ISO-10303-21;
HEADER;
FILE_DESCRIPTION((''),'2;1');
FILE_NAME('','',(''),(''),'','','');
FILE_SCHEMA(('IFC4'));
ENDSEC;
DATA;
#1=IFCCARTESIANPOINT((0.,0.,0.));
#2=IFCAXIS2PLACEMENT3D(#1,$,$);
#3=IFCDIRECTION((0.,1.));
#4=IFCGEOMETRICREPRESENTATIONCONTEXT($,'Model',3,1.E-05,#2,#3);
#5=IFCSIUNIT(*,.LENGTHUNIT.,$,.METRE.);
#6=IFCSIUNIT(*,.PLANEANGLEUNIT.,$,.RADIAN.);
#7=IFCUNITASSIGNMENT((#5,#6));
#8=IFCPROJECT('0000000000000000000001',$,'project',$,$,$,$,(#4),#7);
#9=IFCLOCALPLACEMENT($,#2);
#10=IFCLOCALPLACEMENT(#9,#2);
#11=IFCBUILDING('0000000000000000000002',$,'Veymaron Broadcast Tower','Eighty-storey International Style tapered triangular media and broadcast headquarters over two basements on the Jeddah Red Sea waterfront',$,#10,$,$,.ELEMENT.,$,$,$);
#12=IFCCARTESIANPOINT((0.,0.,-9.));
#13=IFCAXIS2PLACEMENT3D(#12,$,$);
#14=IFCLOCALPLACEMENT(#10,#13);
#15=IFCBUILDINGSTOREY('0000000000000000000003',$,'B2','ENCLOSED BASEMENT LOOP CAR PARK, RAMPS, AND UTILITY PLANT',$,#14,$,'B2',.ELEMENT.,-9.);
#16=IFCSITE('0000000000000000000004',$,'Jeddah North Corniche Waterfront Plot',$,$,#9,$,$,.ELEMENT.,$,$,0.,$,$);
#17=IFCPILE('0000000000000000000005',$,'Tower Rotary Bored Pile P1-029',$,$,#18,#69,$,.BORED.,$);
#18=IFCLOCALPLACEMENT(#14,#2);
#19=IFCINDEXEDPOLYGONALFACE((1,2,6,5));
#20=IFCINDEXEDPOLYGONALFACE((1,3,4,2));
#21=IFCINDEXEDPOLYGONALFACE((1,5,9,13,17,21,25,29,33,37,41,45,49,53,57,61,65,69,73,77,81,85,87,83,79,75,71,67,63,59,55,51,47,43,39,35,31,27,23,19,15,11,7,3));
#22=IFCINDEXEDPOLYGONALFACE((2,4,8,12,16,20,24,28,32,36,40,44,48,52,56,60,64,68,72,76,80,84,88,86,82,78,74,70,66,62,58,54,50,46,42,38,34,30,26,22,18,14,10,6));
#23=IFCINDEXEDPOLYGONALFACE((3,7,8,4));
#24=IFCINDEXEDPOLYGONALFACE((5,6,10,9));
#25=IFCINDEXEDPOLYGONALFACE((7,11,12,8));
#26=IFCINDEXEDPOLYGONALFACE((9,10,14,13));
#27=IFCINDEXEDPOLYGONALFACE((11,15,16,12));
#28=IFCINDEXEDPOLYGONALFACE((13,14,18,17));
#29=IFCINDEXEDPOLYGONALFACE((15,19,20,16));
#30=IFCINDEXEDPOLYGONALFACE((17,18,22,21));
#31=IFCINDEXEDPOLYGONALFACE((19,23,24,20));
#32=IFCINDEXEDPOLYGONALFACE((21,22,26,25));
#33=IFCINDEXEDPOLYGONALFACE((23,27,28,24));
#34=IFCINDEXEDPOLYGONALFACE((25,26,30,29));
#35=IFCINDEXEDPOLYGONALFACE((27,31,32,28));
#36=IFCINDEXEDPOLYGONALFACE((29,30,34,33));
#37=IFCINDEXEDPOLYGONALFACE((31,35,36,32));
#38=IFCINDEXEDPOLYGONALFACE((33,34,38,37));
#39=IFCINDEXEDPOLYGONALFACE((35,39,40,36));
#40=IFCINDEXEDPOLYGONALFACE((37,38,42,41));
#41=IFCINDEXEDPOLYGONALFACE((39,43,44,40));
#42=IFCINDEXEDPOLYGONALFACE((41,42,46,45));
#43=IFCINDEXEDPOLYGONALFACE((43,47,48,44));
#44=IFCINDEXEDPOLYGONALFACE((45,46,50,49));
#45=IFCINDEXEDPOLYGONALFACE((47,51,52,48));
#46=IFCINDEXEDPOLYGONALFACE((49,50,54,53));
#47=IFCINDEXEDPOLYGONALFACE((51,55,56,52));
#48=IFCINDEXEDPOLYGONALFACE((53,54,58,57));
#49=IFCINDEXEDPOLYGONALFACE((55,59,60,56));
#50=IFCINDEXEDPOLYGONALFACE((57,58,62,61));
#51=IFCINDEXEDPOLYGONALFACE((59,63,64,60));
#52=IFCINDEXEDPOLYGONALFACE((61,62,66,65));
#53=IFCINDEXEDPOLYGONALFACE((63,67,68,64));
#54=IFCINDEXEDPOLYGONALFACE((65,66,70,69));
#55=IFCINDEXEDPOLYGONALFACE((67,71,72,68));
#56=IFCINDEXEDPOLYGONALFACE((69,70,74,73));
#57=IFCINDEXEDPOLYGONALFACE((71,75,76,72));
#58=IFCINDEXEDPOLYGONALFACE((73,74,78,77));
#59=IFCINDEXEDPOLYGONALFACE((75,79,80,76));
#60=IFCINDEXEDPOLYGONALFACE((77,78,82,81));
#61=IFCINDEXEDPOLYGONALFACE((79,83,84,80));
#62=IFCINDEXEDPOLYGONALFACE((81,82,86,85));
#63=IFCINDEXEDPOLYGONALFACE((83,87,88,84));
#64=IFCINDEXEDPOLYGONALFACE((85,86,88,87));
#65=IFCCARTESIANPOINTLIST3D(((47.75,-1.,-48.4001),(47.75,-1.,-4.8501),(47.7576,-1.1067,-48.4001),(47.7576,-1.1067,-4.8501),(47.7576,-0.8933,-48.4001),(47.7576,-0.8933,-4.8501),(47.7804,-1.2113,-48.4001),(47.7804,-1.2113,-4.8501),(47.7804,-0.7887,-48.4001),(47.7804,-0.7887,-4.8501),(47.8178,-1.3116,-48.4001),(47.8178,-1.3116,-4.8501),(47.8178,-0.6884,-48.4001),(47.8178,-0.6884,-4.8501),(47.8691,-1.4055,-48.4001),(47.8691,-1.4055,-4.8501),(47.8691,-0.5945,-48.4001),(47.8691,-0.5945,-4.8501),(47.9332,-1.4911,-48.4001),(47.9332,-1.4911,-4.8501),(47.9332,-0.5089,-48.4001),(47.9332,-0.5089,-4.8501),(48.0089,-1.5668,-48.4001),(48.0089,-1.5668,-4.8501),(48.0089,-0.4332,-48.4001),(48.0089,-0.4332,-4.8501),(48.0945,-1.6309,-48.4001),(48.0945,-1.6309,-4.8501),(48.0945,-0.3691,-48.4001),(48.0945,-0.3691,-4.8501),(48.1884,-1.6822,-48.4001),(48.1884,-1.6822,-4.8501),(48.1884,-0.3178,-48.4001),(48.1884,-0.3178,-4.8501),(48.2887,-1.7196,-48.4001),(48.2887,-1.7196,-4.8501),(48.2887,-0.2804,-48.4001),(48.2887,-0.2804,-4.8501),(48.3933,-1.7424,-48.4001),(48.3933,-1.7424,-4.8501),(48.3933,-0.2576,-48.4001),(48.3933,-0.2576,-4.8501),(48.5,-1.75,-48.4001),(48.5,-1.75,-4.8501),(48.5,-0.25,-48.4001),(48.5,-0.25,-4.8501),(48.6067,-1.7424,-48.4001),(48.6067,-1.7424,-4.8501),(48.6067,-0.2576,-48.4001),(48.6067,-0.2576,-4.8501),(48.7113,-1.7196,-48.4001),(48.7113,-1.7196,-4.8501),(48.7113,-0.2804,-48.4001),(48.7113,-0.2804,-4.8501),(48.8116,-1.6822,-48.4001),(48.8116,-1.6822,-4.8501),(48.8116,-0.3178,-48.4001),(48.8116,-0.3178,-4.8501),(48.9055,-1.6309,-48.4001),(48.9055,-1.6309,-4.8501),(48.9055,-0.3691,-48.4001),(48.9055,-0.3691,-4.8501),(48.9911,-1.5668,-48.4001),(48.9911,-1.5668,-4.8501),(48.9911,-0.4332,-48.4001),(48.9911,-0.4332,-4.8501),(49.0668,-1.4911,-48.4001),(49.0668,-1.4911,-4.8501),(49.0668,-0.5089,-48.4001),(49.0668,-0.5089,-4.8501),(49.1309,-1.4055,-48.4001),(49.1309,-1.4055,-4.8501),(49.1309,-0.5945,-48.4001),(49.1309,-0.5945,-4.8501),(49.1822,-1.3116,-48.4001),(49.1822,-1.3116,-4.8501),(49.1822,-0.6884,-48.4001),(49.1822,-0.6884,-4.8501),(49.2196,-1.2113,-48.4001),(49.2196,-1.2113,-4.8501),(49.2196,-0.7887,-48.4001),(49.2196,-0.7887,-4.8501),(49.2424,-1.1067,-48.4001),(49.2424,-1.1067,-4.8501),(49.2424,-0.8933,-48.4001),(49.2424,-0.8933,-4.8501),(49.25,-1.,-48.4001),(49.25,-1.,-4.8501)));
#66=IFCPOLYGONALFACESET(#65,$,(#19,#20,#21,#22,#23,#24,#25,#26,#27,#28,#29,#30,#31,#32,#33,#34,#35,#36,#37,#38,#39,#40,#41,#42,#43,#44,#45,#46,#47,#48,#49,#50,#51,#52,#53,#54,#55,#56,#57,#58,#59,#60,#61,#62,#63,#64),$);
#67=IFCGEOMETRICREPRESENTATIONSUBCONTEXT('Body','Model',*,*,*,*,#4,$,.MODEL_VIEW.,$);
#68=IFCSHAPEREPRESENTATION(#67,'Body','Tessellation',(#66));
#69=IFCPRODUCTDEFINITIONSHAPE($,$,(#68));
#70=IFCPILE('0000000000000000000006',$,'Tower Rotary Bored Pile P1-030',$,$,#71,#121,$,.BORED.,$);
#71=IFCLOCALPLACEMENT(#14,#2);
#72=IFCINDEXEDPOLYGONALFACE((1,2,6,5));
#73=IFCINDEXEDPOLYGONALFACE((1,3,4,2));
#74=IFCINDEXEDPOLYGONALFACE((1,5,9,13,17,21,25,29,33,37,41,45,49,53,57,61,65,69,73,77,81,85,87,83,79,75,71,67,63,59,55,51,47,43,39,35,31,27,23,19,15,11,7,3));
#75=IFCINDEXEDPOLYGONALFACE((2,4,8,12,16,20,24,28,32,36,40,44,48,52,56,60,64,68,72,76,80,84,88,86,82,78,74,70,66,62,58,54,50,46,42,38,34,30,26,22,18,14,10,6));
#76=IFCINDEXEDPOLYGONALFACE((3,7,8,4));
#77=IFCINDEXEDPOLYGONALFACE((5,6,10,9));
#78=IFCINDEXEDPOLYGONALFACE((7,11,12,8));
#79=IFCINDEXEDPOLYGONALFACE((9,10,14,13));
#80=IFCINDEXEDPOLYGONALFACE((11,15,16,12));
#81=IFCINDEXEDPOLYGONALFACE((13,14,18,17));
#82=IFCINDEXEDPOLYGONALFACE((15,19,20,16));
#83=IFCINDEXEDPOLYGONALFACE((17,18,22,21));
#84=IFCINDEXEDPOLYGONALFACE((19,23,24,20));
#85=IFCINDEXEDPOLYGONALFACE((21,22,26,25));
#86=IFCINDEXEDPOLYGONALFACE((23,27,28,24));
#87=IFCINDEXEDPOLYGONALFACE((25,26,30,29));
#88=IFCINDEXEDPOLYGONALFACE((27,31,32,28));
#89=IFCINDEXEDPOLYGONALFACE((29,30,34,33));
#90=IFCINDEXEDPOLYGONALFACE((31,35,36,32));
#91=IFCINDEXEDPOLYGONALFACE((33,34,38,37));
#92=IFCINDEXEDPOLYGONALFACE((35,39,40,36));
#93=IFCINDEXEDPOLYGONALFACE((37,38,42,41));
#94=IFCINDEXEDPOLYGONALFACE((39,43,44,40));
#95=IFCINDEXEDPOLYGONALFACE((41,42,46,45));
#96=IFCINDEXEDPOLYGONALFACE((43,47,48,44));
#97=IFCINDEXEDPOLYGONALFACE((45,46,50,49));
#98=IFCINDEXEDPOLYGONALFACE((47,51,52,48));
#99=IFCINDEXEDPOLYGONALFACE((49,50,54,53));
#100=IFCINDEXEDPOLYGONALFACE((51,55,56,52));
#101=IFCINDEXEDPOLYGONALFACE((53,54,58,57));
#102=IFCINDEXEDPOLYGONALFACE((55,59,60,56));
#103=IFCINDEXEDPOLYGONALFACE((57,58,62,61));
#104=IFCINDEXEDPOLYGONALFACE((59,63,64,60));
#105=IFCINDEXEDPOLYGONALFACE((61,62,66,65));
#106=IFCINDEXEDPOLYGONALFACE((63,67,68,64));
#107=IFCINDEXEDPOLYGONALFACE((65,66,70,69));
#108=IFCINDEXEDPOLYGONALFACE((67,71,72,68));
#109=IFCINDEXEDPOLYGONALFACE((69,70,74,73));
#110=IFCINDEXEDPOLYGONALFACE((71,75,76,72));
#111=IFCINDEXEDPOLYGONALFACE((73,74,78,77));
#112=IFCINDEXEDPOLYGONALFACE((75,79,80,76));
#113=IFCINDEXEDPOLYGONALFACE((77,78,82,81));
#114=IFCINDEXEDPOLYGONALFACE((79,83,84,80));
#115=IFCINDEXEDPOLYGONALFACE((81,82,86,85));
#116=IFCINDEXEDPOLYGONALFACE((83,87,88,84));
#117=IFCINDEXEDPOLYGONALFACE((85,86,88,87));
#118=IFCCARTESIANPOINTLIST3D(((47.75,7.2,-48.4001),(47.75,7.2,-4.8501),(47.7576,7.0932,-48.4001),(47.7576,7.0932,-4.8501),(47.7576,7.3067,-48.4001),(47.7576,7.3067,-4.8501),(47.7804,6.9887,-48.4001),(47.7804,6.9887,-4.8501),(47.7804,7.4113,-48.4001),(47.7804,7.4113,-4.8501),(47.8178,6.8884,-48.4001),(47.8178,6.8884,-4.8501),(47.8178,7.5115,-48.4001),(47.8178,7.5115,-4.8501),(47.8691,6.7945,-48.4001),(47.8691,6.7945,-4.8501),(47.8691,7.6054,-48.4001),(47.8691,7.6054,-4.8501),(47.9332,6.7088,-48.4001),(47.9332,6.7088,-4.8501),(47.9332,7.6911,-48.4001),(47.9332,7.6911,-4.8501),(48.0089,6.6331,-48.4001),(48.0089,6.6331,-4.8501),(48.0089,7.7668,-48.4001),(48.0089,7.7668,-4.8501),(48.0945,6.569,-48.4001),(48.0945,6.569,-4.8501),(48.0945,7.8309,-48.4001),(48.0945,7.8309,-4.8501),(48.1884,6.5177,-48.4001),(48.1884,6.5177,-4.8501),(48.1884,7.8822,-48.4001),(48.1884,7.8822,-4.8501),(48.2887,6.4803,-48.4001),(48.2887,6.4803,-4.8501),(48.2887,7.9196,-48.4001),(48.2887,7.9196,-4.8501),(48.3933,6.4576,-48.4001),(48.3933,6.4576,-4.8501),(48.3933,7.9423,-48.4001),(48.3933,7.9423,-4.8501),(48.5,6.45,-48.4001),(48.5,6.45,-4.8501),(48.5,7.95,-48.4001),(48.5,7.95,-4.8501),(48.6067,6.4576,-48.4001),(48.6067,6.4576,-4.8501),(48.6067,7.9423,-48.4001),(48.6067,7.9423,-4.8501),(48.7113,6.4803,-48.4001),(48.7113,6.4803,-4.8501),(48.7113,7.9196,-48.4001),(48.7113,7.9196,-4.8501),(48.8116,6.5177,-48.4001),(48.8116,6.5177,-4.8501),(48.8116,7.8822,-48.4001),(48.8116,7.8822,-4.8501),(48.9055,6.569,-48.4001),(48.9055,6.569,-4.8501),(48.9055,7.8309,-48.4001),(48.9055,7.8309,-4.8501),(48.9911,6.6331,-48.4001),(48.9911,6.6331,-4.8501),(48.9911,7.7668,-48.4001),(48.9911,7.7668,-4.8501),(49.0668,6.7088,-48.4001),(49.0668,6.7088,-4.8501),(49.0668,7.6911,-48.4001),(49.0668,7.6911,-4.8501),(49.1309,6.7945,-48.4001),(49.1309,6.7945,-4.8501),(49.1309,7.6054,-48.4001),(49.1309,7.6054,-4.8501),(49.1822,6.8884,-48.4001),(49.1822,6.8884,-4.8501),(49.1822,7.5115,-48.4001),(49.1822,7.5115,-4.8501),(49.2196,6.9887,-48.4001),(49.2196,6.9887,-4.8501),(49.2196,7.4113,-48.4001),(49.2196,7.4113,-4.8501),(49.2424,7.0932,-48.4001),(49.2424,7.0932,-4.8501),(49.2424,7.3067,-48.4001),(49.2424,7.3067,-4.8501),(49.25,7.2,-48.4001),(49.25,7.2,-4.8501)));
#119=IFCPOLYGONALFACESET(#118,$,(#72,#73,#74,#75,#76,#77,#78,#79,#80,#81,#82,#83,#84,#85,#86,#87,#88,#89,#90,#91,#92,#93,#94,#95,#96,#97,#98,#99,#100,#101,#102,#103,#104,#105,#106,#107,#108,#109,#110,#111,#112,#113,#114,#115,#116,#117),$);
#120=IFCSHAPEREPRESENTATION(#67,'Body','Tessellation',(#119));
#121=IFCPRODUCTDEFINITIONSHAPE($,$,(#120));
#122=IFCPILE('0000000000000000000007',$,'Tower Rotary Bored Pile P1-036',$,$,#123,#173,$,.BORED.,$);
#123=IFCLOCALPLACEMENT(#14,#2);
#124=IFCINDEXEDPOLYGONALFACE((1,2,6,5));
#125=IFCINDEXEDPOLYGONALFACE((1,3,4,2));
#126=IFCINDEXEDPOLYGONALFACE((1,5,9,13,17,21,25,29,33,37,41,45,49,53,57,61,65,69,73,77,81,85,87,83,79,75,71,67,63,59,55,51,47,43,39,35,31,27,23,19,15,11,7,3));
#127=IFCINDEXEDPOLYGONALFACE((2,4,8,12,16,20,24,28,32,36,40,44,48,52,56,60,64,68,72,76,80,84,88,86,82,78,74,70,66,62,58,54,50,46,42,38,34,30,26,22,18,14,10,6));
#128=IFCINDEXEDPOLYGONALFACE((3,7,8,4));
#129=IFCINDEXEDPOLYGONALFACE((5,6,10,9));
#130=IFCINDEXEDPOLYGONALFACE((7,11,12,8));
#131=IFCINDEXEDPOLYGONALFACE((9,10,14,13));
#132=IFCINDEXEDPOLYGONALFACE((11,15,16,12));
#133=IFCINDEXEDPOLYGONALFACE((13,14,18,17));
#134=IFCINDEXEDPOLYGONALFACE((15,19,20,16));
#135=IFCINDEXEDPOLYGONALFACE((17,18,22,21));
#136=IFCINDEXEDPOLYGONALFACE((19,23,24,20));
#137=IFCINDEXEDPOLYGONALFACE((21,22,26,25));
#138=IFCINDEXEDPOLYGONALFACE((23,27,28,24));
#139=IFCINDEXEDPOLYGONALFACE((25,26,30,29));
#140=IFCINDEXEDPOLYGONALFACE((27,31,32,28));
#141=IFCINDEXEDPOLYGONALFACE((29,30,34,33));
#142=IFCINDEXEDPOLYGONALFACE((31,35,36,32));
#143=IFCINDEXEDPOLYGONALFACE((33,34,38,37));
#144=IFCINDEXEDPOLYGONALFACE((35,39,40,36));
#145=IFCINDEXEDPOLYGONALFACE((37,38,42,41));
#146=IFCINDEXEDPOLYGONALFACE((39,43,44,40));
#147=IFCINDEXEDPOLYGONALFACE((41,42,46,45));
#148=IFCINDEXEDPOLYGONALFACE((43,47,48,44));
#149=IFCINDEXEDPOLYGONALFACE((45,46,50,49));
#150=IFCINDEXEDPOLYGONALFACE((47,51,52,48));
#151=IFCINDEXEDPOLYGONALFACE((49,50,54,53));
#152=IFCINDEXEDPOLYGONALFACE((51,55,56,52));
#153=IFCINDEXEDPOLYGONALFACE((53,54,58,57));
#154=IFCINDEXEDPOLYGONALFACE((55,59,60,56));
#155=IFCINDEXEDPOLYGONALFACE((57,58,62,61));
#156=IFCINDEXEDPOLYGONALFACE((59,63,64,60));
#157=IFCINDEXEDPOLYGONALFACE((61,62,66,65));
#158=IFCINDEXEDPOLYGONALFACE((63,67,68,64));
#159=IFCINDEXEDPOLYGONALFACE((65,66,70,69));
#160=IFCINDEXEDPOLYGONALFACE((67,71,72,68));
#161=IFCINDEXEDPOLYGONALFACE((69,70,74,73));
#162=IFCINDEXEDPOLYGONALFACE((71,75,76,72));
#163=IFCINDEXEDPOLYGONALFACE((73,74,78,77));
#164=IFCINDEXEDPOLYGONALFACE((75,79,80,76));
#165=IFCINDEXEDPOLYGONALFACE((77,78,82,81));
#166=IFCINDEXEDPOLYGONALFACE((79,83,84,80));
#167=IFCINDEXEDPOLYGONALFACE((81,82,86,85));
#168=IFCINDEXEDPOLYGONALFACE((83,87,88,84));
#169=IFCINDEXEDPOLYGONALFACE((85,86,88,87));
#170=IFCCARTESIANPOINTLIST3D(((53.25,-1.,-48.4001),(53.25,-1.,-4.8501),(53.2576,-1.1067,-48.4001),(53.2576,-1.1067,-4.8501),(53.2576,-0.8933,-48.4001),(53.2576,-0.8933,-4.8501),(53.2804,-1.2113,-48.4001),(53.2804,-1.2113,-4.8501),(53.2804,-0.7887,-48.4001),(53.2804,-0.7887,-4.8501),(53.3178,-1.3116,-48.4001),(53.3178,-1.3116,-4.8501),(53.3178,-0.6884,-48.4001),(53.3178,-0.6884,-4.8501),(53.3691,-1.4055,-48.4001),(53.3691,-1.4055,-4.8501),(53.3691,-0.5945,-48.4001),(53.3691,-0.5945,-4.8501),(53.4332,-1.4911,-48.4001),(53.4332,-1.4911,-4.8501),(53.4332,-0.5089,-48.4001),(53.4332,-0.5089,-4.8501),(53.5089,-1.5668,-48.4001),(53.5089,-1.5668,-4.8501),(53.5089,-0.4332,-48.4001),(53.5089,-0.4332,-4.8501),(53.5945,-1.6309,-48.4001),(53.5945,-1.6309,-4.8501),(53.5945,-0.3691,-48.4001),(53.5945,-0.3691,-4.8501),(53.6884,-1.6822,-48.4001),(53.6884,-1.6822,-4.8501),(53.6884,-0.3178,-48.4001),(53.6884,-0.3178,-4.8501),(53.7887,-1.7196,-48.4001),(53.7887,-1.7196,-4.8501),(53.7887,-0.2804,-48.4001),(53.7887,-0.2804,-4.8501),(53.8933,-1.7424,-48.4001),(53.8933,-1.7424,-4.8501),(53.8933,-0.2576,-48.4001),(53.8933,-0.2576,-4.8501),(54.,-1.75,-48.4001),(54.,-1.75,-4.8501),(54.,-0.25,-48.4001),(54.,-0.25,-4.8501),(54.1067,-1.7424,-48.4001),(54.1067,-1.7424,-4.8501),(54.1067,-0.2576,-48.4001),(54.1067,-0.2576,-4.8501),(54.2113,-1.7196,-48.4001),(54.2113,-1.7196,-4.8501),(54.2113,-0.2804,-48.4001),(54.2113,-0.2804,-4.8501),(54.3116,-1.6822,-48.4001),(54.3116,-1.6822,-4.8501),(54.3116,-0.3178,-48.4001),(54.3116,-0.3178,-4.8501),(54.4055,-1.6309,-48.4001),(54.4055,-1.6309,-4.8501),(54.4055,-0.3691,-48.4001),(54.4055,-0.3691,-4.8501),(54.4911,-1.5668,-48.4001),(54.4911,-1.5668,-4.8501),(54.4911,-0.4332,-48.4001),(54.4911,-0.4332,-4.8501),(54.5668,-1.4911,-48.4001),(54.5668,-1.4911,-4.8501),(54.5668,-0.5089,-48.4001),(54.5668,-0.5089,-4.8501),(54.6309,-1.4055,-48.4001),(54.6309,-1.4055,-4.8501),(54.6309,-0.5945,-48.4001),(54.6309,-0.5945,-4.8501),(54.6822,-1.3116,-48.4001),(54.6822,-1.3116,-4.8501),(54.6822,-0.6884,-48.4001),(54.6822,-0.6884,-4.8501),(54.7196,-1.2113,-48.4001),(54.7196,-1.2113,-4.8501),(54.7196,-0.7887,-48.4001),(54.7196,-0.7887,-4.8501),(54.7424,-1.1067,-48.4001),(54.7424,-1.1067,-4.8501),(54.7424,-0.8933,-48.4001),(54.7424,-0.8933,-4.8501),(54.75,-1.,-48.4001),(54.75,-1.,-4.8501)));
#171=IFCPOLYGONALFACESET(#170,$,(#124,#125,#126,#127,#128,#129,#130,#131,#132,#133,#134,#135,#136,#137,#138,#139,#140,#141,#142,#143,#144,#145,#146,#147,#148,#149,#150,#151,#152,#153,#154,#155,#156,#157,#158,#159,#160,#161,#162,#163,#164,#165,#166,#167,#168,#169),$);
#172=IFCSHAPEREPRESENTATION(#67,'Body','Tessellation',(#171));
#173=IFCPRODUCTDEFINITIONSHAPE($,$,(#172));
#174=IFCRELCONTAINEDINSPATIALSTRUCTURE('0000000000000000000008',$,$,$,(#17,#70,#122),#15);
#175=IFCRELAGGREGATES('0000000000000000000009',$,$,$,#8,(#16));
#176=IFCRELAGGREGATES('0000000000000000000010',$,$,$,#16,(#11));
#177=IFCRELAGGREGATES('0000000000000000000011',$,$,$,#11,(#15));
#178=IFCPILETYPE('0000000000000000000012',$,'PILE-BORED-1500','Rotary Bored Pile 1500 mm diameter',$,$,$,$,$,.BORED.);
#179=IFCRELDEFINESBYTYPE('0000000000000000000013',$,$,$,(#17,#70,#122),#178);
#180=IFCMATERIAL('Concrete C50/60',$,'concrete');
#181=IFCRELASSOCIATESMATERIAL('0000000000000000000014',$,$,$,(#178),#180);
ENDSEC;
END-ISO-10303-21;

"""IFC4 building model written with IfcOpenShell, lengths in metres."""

from ifc_helpers import new_model, si_unit, direction, frame, origin, origin_2d, place, context, subcontext, project, spatial, circle, extrude, material, material_profile, profile_set, type_object, element, save


model = new_model("IFC4")

# Units and contexts
model_context = context("Model", 3, precision=1e-05, world=origin(), true_north=direction((0.0, 1.0)))
body_context = subcontext(model_context, "Body", "Model", "MODEL_VIEW")
ifc_project = project(units=[si_unit("LENGTHUNIT", "METRE"), si_unit("PLANEANGLEUNIT", "RADIAN")], contexts=[model_context])

# Site, building, storey
site_placement = place(None, origin())
site = spatial("IfcSite", under=ifc_project, at=site_placement, Name="Jeddah North Corniche Waterfront Plot", CompositionType="ELEMENT", RefElevation=0.0)
building_placement = place(site_placement, origin())
building = spatial("IfcBuilding", under=site, at=building_placement, Name="Veymaron Broadcast Tower", Description="Eighty-storey International Style tapered triangular media and broadcast headquarters over two basements on the Jeddah Red Sea waterfront", CompositionType="ELEMENT")
storey_placement = place(building_placement, frame((0.0, 0.0, -9.0)))
storey = spatial("IfcBuildingStorey", under=building, at=storey_placement, Name="B2", Description="ENCLOSED BASEMENT LOOP CAR PARK, RAMPS, AND UTILITY PLANT", LongName="B2", CompositionType="ELEMENT", Elevation=-9.0)

# Piles
ifc_material_1 = material(Name="Concrete C50/60", Category="concrete")
ifc_material_profile_1 = material_profile(ifc_material_1, circle(Radius=0.75, at=origin_2d()), Name="PILE1500")
ifc_profile_set_1 = profile_set([ifc_material_profile_1], Name="Concrete C50/60")
pile_type = type_object("IfcPileType", Name="PILE-BORED-1500", Description="Rotary Bored Pile 1500 mm diameter", PredefinedType="BORED", material=ifc_profile_set_1)
for number, where, z_axis, x_axis, name in (
    (1, (48.5, -1.0, -4.8501), (0.0, 0.0, -1.0), (1.0, 0.0, 0.0), "Tower Rotary Bored Pile P1-029"),
    (2, (48.5, 7.2, -4.8501), (0.0, 0.0, -1.0), (1.0, 0.0, 0.0), "Tower Rotary Bored Pile P1-030"),
    (3, (54.0, -1.0, -4.8501), (0.0, 0.0, -1.0), (1.0, 0.0, 0.0), "Tower Rotary Bored Pile P1-036"),
):
    element("IfcPile", number, at=place(storey_placement, frame(where, z_axis=z_axis, x_axis=x_axis)), inside=storey, type_object=pile_type, Name=name, PredefinedType="BORED", context=body_context, shape_type="SweptSolid", body=[
        extrude(circle(Radius=0.75, at=origin_2d()), origin(), (0.0, 0.0, 1.0), 43.55),
    ])

save(model, "model.ifc")
